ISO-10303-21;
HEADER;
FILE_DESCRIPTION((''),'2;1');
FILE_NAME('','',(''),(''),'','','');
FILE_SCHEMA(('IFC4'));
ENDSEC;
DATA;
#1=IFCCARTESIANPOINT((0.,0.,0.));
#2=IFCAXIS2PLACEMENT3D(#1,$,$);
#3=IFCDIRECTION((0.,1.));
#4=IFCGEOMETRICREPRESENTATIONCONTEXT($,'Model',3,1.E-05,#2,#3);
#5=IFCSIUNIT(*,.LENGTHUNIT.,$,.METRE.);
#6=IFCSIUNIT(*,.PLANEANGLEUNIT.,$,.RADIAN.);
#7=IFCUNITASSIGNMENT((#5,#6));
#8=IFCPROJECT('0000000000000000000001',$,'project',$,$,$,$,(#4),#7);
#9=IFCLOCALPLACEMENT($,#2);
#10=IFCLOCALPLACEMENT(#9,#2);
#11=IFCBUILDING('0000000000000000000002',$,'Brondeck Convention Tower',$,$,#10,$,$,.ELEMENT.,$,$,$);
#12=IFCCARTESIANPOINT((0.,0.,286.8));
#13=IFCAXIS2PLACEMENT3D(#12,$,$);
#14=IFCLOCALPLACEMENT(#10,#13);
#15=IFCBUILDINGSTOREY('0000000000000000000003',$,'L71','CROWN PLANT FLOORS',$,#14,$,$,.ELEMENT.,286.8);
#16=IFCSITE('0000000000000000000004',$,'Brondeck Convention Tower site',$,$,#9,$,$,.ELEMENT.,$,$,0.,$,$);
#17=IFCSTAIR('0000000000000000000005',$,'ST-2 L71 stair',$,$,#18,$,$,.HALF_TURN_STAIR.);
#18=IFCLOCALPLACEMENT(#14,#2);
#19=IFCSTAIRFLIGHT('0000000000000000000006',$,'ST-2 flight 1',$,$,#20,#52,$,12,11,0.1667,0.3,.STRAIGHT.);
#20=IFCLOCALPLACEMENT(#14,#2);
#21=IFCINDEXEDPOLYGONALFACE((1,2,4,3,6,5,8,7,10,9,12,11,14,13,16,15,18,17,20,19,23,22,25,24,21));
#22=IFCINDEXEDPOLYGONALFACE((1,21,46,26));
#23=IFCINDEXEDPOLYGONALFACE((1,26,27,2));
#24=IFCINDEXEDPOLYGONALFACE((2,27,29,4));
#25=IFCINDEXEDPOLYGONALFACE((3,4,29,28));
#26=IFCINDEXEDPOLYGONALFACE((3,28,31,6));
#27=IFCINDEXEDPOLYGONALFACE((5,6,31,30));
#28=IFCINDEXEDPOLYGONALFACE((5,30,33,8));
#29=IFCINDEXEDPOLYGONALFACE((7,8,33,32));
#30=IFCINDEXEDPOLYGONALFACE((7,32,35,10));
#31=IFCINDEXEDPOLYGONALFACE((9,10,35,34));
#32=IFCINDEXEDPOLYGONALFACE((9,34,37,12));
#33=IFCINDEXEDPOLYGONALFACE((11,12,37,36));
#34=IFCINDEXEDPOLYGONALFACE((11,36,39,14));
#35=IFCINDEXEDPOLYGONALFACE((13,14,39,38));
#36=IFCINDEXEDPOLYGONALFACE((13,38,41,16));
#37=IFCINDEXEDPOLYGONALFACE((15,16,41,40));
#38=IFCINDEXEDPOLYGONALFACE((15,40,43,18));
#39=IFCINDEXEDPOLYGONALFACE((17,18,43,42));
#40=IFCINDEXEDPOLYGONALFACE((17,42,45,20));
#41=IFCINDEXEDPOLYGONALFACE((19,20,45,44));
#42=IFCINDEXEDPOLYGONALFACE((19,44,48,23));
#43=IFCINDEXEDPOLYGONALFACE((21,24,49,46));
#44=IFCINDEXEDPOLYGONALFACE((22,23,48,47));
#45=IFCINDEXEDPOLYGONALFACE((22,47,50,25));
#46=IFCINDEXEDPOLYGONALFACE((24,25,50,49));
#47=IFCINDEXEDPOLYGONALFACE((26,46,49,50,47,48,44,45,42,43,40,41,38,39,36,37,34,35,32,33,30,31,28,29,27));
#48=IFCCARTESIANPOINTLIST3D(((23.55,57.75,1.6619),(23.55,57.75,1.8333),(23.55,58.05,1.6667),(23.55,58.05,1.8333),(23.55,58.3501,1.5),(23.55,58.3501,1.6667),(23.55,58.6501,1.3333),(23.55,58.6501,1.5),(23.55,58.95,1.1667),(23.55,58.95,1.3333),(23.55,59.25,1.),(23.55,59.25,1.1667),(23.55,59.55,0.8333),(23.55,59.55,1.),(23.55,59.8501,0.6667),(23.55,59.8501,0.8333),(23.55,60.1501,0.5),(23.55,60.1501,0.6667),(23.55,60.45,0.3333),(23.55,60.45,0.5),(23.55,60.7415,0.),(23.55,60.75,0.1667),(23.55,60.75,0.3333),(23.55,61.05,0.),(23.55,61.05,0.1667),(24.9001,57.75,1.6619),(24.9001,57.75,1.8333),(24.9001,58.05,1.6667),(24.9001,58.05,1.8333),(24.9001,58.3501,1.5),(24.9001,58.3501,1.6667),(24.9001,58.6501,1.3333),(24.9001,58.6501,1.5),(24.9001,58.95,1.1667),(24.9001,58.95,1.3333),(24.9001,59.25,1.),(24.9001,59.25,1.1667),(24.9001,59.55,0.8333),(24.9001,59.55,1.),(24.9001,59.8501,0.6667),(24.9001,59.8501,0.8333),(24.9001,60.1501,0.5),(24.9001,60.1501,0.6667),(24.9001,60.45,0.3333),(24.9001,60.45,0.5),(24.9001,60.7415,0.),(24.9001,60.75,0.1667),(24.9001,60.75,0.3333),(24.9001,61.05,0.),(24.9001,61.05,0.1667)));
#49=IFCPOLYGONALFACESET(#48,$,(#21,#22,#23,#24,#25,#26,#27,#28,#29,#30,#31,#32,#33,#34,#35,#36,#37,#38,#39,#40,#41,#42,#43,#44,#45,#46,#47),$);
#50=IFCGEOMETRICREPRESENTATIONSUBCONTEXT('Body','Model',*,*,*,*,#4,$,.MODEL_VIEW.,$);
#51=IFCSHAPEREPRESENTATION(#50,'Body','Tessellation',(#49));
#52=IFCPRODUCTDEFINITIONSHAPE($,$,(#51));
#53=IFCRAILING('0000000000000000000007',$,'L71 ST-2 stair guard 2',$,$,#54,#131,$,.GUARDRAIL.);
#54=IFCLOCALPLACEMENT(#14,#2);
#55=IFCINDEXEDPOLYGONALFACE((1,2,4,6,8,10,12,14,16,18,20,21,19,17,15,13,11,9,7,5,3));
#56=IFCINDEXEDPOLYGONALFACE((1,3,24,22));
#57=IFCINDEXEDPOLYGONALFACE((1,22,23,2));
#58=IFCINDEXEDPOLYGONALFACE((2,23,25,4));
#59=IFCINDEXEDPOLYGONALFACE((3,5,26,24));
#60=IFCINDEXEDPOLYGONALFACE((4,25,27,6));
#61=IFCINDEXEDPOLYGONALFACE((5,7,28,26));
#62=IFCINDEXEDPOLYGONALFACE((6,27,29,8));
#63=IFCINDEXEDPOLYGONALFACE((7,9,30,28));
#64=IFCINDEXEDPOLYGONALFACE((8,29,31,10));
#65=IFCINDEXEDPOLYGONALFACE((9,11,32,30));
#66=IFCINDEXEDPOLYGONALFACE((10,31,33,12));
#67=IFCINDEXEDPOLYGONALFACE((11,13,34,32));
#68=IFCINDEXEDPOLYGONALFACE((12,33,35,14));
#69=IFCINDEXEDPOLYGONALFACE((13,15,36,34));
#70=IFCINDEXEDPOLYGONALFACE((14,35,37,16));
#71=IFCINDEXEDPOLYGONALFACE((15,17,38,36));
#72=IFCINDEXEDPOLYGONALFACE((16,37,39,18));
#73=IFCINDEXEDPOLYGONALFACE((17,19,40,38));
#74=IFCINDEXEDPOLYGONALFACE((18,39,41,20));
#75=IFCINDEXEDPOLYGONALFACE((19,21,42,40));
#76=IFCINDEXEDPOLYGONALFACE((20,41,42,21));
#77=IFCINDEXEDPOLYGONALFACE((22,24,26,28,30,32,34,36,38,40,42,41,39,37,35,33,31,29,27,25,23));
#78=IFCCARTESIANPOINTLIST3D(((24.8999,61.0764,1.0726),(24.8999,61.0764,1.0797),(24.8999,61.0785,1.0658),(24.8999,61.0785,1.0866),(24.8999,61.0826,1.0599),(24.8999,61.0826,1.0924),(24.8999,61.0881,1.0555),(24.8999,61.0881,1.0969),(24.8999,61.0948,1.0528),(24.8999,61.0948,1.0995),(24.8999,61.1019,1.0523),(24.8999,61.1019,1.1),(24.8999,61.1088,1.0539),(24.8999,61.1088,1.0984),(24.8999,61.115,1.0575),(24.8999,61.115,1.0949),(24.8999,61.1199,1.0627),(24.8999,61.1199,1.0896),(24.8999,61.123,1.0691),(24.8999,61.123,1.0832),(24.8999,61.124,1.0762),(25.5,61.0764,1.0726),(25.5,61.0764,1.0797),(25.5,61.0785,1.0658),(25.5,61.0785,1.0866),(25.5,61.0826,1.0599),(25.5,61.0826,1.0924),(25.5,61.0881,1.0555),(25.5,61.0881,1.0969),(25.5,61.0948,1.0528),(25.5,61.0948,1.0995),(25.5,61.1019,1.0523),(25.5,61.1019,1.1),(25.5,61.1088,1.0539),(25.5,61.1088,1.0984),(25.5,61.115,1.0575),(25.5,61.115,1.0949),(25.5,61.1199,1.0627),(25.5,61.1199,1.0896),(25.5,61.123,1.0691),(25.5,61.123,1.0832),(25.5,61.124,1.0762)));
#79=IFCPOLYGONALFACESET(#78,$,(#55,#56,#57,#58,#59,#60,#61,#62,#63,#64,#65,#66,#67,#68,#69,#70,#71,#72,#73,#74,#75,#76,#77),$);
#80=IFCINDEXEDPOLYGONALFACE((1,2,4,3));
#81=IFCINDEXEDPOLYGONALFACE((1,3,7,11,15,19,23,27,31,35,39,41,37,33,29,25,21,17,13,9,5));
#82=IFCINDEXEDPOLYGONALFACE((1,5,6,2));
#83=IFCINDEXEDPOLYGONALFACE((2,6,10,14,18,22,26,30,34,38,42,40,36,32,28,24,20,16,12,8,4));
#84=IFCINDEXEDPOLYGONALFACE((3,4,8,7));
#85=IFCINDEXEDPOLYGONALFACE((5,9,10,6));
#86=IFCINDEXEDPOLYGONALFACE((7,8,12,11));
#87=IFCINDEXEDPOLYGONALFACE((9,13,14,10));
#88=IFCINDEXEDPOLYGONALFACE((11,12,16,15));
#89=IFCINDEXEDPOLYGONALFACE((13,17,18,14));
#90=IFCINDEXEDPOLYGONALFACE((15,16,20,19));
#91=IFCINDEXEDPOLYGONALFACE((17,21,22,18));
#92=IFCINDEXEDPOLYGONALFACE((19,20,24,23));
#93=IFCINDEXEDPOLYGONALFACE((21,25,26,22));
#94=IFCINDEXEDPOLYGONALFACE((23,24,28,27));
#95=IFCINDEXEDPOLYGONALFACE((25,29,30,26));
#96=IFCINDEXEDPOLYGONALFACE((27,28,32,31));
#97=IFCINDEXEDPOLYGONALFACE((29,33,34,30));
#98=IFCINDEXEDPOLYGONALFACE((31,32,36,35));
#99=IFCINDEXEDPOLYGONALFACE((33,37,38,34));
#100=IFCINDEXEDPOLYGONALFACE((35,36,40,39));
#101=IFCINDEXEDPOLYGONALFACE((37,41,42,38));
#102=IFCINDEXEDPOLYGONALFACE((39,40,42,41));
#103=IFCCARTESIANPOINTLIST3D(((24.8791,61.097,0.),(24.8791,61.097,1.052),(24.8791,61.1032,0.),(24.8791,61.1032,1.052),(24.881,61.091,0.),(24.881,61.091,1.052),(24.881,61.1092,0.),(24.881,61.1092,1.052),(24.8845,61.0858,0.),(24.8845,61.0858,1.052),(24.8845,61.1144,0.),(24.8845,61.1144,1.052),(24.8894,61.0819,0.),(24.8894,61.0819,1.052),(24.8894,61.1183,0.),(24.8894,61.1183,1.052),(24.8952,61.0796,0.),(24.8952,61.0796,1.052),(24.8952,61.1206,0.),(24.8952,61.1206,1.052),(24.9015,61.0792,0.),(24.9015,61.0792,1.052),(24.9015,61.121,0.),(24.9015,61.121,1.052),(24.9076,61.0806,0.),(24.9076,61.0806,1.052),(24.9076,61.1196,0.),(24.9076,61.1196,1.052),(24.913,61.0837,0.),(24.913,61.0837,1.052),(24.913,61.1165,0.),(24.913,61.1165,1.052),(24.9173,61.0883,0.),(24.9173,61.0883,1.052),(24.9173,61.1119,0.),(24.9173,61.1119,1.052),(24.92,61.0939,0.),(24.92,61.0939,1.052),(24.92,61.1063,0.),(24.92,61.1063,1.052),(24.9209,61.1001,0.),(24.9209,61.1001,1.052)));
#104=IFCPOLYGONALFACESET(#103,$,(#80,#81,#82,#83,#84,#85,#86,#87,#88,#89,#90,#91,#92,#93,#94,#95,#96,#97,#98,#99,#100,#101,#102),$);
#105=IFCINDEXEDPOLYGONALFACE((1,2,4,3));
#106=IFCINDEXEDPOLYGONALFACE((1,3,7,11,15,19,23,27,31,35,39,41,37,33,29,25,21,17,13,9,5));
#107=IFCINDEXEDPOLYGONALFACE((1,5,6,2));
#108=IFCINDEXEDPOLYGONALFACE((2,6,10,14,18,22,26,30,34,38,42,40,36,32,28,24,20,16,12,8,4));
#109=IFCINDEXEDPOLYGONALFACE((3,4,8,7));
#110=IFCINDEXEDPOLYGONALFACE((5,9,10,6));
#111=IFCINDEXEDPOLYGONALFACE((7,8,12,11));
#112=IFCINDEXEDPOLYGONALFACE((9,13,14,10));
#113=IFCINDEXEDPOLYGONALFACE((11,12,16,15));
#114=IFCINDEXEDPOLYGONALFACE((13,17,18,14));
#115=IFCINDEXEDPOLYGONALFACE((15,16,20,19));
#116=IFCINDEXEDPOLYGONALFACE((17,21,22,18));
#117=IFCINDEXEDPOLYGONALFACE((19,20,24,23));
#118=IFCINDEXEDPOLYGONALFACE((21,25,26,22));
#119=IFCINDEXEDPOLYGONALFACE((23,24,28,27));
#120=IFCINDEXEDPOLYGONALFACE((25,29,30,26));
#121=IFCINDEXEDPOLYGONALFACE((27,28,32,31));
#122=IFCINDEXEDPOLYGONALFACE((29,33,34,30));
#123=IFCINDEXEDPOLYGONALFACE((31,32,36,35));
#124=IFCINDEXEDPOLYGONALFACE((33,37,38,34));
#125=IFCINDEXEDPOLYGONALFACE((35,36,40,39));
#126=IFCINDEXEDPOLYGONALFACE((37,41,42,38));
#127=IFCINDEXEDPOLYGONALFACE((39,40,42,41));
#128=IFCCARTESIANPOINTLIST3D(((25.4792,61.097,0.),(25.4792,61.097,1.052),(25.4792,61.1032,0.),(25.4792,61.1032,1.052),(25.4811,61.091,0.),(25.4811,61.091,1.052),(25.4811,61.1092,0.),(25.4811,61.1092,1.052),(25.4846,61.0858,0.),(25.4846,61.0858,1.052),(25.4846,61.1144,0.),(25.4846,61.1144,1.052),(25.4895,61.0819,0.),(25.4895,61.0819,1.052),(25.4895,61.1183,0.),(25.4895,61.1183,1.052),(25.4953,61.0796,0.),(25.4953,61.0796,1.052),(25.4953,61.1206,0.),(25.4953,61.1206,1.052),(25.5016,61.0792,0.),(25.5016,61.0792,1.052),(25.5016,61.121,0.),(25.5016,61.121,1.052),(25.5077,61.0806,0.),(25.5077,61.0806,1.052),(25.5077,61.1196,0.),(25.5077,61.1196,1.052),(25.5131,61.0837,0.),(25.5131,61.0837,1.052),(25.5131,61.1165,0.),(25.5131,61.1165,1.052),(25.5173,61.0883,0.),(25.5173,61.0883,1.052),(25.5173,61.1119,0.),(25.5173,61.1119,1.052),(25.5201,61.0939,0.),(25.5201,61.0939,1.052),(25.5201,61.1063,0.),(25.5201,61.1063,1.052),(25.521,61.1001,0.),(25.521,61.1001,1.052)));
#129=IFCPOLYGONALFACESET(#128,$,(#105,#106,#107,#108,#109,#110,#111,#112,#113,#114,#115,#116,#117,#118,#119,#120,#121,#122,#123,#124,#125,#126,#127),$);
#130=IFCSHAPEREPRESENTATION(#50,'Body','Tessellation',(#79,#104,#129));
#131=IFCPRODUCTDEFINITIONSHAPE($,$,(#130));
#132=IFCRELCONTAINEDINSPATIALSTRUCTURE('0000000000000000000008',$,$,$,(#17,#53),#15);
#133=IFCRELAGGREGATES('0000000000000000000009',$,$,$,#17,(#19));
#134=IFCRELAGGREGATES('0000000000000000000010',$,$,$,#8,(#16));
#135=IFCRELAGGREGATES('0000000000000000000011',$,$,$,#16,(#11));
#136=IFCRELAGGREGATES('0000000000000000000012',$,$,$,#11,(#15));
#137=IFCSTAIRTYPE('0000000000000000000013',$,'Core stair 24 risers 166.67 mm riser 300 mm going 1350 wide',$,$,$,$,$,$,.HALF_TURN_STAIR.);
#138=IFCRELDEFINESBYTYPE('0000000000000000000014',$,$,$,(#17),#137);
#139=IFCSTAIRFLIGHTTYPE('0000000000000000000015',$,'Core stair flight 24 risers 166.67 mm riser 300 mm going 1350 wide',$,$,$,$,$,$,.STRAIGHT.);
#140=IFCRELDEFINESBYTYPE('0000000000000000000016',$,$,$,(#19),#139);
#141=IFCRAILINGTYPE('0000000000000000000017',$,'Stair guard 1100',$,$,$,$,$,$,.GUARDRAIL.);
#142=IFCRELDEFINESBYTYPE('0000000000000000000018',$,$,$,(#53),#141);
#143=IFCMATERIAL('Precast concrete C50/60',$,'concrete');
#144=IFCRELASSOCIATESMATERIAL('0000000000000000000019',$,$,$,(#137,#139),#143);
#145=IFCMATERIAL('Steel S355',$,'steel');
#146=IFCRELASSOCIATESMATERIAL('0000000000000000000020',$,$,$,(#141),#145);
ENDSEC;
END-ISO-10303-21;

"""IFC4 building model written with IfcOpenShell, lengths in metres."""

from ifc_helpers import new_model, si_unit, direction, frame, origin, origin_2d, place, context, subcontext, project, spatial, polyline, circle, outline, extrude, material, type_object, element, aggregate, save


model = new_model("IFC4")

# Units and contexts
model_context = context("Model", 3, precision=1e-05, world=origin(), true_north=direction((0.0, 1.0)))
body_context = subcontext(model_context, "Body", "Model", "MODEL_VIEW")
ifc_project = project(units=[si_unit("LENGTHUNIT", "METRE"), si_unit("PLANEANGLEUNIT", "RADIAN")], contexts=[model_context])

# Site, building, storey
site_placement = place(None, origin())
site = spatial("IfcSite", under=ifc_project, at=site_placement, Name="Brondeck Convention Tower site", CompositionType="ELEMENT", RefElevation=0.0)
building_placement = place(site_placement, origin())
building = spatial("IfcBuilding", under=site, at=building_placement, Name="Brondeck Convention Tower", CompositionType="ELEMENT")
storey_placement = place(building_placement, frame((0.0, 0.0, 286.8)))
storey = spatial("IfcBuildingStorey", under=building, at=storey_placement, Name="L71", Description="CROWN PLANT FLOORS", CompositionType="ELEMENT", Elevation=286.8)

# Stair, stair flight
ifc_material_1 = material(Name="Precast concrete C50/60", Category="concrete")
stair_type = type_object("IfcStairType", Name="Core stair 24 risers 166.67 mm riser 300 mm going 1350 wide", PredefinedType="HALF_TURN_STAIR", material=ifc_material_1)
stair_placement = place(storey_placement, origin())
stair = element("IfcStair", 1, at=stair_placement, inside=storey, type_object=stair_type, Name="ST-2 L71 stair", PredefinedType="HALF_TURN_STAIR")
stair_flight_type = type_object("IfcStairFlightType", Name="Core stair flight 24 risers 166.67 mm riser 300 mm going 1350 wide", PredefinedType="STRAIGHT", material=ifc_material_1)
stair_flight_placement = place(storey_placement, frame((24.2251, 61.05, 0.0), z_axis=(0.0, 0.0, 1.0), x_axis=(0.0, -1.0, 0.0)))
stair_flight = element("IfcStairFlight", 2, at=stair_flight_placement, type_object=stair_flight_type, Name="ST-2 flight 1", NumberOfRisers=12, NumberOfTreads=11, PredefinedType="STRAIGHT", RiserHeight=0.1667, TreadLength=0.3, context=body_context, shape_type="SweptSolid", body=[
    extrude(outline(polyline([(0.0, 0.0), (0.0, 0.1667), (0.3, 0.1667), (0.3, 0.3333), (0.6001, 0.3333), (0.6001, 0.5), (0.8999, 0.5), (0.8999, 0.6667), (1.2, 0.6667), (1.2, 0.8333), (1.5, 0.8333), (1.5, 1.0), (1.8, 1.0), (1.8, 1.1667), (2.1001, 1.1667), (2.1001, 1.3333), (2.3999, 1.3333), (2.3999, 1.5), (2.7, 1.5), (2.7, 1.6667), (3.0, 1.6667), (3.0, 1.8333), (3.3, 1.8333), (3.3, 2.0), (3.3, 1.6619), (0.3086, 0.0), (0.0, 0.0)])), frame((0.0, 0.675, 0.0), z_axis=(0.0, -1.0, 0.0), x_axis=(1.0, 0.0, 0.0)), (0.0, 0.0, 1.0), 1.3501),
])
aggregate(stair, [stair_flight])

# Railing
ifc_material_2 = material(Name="Steel S355", Category="steel")
railing_type_1 = type_object("IfcRailingType", Name="Stair guard 1100", PredefinedType="GUARDRAIL", material=ifc_material_2)
railing_1_placement = place(storey_placement, frame((24.8999, 61.1001, 0.0)))
element("IfcRailing", 3, at=railing_1_placement, inside=storey, type_object=railing_type_1, Name="L71 ST-2 stair guard 2", PredefinedType="GUARDRAIL", context=body_context, shape_type="SweptSolid", body=[
    extrude(circle(Radius=0.0239, at=origin_2d()), frame((0.0, 0.0, 1.0762), z_axis=(1.0, 0.0, 0.0), x_axis=(0.0, 1.0, 0.0)), (0.0, 0.0, 1.0), 0.6001),
    extrude(circle(Radius=0.021, at=origin_2d()), origin(), (0.0, 0.0, 1.0), 1.052),
    extrude(circle(Radius=0.021, at=origin_2d()), frame((0.6001, 0.0, 0.0)), (0.0, 0.0, 1.0), 1.052),
])

save(model, "model.ifc")
